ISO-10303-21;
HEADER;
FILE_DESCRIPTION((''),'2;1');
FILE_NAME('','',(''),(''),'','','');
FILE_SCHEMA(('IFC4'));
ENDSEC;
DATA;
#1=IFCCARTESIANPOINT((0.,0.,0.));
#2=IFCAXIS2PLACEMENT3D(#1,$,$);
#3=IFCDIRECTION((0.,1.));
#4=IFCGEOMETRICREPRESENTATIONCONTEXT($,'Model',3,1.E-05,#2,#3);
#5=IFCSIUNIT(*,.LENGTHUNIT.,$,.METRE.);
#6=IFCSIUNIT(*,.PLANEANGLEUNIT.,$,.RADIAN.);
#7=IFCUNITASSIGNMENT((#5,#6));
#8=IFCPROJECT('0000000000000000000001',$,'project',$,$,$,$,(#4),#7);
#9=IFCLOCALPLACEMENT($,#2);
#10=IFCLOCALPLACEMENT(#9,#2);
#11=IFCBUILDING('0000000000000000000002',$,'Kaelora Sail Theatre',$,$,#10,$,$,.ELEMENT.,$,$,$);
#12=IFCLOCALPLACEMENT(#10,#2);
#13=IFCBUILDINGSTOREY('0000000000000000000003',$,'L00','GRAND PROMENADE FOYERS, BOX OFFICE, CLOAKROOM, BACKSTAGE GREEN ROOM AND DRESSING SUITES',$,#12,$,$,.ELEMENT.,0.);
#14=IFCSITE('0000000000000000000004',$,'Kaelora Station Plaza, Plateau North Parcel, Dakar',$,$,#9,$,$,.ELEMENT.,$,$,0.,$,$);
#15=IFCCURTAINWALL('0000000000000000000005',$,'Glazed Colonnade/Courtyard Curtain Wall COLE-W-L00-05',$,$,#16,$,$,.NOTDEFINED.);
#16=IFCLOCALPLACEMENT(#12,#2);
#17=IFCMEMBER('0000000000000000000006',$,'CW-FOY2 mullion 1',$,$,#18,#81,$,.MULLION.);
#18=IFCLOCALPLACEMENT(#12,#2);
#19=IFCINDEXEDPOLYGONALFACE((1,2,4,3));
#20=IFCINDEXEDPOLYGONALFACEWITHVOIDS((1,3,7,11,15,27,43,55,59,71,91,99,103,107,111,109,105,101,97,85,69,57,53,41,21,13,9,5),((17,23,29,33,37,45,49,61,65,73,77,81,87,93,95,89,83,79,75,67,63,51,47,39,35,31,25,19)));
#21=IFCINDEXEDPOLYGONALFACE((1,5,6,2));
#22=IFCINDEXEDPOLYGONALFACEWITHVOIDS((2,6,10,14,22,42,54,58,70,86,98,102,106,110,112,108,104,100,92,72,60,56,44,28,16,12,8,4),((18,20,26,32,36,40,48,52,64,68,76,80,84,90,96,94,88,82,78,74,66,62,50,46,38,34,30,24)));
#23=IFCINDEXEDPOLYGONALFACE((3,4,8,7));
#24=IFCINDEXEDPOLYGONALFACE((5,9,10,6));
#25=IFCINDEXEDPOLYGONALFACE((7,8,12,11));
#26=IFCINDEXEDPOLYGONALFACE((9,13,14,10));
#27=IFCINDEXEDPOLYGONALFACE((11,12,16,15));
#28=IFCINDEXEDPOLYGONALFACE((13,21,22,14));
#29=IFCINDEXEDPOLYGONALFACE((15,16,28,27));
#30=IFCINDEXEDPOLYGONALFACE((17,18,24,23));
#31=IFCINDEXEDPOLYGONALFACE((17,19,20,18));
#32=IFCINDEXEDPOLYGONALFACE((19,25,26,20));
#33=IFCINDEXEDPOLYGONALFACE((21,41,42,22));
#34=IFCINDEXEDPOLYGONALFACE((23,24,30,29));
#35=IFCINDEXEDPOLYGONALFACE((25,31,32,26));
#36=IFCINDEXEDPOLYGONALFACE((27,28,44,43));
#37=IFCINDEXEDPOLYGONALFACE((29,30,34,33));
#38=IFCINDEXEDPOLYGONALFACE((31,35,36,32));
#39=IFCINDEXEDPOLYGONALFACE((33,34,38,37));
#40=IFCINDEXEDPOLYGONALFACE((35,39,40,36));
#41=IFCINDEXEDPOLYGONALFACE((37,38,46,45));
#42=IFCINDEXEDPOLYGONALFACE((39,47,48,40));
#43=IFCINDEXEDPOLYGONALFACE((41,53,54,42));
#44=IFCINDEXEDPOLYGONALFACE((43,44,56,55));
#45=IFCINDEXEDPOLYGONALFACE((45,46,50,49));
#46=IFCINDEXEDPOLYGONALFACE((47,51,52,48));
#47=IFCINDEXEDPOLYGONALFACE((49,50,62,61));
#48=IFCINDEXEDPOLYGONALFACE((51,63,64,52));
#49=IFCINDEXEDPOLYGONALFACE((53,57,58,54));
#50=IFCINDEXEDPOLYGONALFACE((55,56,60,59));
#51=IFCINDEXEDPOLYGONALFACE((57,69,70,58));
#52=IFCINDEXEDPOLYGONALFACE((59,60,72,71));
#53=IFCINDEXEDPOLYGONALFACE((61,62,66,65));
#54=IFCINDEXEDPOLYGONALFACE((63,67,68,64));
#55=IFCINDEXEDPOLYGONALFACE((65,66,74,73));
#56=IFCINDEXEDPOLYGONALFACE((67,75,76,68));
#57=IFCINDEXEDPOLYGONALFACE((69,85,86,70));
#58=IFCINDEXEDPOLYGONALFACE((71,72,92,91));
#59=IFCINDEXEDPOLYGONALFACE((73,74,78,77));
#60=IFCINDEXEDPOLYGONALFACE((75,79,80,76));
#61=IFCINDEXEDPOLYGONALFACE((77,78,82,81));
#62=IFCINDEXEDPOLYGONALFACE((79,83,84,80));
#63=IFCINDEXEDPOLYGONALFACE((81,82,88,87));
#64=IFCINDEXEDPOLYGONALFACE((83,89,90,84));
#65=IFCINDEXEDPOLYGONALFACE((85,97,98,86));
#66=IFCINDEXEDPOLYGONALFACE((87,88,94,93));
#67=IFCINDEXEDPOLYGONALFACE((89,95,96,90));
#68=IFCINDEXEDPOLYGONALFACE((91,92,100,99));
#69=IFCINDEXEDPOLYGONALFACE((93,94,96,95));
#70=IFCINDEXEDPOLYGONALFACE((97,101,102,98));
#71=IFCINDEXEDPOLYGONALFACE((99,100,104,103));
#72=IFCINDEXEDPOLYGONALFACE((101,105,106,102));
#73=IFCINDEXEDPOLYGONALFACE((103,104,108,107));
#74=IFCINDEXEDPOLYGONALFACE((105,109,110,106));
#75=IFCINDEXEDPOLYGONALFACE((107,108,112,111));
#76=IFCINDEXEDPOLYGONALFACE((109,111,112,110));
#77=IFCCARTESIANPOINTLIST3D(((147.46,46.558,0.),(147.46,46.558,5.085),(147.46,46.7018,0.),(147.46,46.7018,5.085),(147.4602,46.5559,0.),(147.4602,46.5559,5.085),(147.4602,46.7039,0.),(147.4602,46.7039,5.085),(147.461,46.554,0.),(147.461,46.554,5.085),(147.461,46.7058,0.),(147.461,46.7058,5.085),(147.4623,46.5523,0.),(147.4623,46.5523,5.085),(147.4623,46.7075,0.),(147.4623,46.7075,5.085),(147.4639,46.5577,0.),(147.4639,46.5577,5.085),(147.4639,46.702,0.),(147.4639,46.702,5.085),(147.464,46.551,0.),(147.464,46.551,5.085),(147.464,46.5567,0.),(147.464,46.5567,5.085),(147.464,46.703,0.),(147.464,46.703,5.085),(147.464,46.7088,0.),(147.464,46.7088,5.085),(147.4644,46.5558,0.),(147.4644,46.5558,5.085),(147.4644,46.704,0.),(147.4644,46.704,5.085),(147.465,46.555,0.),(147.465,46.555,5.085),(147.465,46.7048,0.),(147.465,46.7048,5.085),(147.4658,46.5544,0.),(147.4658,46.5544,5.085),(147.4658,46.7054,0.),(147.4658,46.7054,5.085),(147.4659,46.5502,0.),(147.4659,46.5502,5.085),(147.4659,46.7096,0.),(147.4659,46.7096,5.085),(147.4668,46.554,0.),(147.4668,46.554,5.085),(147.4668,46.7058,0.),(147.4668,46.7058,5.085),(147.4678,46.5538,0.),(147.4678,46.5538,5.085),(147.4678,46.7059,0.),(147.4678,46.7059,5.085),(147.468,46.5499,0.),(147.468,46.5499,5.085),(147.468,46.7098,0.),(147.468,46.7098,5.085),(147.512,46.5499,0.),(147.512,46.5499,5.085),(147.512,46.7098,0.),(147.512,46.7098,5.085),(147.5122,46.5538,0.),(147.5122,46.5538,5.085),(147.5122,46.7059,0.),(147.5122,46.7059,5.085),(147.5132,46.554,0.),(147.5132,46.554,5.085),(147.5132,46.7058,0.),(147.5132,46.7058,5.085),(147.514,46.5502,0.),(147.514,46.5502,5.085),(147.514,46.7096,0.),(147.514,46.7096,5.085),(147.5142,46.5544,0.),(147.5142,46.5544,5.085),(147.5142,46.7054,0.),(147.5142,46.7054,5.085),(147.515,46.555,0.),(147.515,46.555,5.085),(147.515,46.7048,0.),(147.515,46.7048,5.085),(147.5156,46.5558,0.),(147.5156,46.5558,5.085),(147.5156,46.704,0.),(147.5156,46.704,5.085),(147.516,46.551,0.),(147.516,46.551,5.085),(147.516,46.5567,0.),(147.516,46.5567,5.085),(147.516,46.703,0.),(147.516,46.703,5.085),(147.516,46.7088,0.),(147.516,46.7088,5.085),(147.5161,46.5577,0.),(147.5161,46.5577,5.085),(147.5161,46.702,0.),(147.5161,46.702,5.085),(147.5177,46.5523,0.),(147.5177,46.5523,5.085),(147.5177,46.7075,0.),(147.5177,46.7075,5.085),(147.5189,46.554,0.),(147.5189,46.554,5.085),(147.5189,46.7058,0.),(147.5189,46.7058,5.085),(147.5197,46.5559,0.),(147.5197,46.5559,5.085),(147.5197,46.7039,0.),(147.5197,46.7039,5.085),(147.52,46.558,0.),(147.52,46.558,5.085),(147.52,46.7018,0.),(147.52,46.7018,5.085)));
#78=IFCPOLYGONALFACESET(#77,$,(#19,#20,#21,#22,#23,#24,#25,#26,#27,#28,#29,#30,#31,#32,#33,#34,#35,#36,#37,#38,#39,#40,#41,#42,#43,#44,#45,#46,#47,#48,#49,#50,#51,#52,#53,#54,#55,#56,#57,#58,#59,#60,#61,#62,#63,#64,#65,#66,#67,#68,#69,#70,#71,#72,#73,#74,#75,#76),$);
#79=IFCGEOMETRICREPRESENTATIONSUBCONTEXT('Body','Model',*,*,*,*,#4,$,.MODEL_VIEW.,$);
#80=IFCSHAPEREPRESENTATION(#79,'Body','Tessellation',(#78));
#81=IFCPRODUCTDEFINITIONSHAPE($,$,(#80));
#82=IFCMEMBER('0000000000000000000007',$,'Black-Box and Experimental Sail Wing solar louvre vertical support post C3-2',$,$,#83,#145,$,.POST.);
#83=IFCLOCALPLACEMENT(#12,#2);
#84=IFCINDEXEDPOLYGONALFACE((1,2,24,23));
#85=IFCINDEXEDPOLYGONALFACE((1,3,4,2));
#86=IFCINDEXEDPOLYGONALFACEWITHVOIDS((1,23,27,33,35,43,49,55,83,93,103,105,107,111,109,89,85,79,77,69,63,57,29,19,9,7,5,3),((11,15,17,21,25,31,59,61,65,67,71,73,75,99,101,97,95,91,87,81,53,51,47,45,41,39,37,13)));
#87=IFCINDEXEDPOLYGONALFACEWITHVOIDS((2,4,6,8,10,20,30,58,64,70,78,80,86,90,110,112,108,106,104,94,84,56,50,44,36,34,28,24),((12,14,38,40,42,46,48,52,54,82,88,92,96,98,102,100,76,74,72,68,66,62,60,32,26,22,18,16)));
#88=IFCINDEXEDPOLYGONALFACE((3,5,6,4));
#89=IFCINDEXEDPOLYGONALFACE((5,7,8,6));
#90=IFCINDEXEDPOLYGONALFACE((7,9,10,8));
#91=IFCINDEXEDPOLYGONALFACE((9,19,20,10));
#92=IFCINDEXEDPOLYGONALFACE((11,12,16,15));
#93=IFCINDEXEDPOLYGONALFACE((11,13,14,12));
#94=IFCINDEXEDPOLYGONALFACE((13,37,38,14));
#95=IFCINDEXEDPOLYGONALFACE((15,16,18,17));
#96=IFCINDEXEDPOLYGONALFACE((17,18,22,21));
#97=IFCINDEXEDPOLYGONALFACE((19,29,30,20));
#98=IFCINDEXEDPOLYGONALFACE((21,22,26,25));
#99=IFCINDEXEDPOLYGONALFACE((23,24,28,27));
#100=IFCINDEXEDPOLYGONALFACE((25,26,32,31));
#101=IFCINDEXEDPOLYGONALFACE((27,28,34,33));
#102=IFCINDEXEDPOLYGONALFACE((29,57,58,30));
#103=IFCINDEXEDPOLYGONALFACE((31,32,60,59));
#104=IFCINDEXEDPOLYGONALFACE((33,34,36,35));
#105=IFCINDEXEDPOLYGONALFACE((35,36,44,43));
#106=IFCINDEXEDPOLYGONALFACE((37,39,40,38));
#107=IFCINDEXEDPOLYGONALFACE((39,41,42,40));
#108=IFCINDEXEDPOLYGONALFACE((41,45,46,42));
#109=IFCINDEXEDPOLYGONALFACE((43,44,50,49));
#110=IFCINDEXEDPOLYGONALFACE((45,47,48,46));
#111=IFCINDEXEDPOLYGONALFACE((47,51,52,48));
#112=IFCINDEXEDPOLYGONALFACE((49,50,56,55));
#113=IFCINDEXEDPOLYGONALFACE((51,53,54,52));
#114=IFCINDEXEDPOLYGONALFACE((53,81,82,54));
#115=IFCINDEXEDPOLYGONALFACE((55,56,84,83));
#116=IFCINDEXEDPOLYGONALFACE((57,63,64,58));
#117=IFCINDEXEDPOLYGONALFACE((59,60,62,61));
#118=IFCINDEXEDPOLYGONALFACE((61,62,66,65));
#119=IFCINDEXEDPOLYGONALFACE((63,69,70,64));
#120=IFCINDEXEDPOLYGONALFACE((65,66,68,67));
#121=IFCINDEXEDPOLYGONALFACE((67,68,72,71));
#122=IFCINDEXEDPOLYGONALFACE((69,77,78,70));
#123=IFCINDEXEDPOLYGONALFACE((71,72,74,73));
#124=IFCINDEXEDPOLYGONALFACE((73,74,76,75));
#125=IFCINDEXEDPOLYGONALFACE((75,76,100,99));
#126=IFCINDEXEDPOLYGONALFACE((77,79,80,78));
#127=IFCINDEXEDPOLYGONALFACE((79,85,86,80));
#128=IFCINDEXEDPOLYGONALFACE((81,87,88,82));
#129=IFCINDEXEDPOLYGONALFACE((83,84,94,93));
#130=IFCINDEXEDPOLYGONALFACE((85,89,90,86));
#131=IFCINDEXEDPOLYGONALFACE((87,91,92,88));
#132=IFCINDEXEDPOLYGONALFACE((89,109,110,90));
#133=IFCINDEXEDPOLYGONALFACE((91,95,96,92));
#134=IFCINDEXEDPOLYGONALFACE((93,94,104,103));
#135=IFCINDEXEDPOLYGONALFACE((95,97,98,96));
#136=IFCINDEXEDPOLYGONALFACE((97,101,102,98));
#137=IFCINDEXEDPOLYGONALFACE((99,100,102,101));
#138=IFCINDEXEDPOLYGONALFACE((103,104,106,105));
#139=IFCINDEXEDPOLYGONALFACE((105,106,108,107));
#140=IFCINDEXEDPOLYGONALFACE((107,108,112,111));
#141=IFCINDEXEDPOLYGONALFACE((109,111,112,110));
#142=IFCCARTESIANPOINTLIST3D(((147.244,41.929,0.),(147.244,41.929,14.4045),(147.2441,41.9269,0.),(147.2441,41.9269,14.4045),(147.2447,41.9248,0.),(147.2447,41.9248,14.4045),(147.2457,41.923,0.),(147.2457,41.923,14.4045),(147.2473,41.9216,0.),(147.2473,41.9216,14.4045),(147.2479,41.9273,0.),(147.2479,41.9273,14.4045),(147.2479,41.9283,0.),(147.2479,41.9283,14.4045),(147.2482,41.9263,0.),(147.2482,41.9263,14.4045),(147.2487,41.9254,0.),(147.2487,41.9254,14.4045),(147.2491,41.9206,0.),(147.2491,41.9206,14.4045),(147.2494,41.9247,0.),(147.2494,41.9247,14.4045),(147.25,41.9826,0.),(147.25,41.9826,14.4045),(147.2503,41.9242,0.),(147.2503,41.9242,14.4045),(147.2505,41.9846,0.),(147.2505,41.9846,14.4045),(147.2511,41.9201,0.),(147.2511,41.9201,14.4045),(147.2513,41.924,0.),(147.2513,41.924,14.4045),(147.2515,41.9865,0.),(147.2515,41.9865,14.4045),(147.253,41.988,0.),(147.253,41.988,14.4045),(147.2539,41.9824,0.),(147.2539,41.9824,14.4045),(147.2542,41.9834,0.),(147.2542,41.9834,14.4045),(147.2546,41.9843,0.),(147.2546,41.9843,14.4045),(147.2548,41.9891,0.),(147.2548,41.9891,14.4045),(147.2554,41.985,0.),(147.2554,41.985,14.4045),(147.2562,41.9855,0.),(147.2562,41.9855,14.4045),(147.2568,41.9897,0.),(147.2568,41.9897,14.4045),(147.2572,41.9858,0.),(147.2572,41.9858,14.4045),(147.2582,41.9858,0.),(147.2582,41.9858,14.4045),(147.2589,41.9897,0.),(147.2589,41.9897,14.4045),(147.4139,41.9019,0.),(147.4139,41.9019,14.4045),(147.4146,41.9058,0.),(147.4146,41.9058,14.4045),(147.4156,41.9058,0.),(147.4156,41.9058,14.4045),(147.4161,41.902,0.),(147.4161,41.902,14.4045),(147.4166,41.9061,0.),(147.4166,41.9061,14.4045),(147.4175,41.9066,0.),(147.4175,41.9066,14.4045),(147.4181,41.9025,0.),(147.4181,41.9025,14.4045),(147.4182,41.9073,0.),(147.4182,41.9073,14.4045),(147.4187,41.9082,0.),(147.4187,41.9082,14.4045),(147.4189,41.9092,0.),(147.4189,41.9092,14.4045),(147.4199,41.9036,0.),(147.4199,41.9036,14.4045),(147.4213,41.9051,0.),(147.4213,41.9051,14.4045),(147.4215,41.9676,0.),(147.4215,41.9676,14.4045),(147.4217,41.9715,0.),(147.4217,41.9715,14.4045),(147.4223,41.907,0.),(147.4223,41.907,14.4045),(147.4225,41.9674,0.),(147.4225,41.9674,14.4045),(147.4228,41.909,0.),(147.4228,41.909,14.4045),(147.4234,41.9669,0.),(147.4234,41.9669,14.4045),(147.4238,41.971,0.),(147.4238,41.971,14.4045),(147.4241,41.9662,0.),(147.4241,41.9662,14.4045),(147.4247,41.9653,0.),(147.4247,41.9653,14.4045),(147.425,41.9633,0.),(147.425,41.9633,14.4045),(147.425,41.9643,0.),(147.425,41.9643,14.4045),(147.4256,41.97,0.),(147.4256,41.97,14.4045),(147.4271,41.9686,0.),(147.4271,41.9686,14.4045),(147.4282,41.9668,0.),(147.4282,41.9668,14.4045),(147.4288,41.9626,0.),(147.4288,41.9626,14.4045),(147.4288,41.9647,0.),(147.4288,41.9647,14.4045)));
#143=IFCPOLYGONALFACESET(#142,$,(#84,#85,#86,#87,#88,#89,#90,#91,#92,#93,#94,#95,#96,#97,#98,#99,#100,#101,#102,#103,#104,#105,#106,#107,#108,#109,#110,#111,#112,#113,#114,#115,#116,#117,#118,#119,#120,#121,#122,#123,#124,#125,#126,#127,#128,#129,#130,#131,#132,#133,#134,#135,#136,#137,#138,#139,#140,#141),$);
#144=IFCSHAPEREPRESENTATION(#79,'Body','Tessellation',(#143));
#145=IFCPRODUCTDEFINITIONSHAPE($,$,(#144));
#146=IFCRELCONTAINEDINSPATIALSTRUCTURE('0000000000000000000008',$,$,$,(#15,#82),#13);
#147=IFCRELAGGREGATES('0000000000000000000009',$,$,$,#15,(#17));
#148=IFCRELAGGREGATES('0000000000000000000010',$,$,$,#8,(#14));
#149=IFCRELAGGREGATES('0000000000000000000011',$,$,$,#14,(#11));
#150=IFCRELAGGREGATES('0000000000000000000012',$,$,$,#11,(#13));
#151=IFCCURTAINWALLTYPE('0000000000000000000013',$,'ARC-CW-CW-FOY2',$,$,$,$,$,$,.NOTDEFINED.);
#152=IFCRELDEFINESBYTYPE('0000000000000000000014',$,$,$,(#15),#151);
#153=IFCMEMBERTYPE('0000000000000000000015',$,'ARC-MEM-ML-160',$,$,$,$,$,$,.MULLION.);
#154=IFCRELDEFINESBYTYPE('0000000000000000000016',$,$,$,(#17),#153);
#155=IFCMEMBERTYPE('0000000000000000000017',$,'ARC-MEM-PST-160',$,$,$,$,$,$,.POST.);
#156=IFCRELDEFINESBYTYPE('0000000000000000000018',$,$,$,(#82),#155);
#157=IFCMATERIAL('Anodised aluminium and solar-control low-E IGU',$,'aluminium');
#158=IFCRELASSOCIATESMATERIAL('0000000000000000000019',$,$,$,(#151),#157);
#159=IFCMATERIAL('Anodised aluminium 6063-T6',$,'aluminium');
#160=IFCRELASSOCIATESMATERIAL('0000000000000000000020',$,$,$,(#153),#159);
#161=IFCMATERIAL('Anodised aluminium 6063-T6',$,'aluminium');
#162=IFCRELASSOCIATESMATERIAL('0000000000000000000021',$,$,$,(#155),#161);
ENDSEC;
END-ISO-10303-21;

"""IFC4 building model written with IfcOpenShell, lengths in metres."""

from ifc_helpers import new_model, si_unit, direction, frame, origin, origin_2d, place, context, subcontext, project, spatial, hollow_rectangle, extrude, material, material_profile, profile_set, type_object, element, aggregate, save


model = new_model("IFC4")

# Units and contexts
model_context = context("Model", 3, precision=1e-05, world=origin(), true_north=direction((0.0, 1.0)))
body_context = subcontext(model_context, "Body", "Model", "MODEL_VIEW")
ifc_project = project(units=[si_unit("LENGTHUNIT", "METRE"), si_unit("PLANEANGLEUNIT", "RADIAN")], contexts=[model_context])

# Site, building, storey
site_placement = place(None, origin())
site = spatial("IfcSite", under=ifc_project, at=site_placement, Name="Kaelora Station Plaza, Plateau North Parcel, Dakar", CompositionType="ELEMENT", RefElevation=0.0)
building_placement = place(site_placement, origin())
building = spatial("IfcBuilding", under=site, at=building_placement, Name="Kaelora Sail Theatre", CompositionType="ELEMENT")
storey_placement = place(building_placement, origin())
storey = spatial("IfcBuildingStorey", under=building, at=storey_placement, Name="L00", Description="GRAND PROMENADE FOYERS, BOX OFFICE, CLOAKROOM, BACKSTAGE GREEN ROOM AND DRESSING SUITES", CompositionType="ELEMENT", Elevation=0.0)

# Shared definitions
ifc_material_1 = material(Name="Anodised aluminium and solar-control low-E IGU", Category="aluminium")
curtain_wall_type = type_object("IfcCurtainWallType", Name="ARC-CW-CW-FOY2", PredefinedType="NOTDEFINED", material=ifc_material_1)
ifc_material_2 = material(Name="Anodised aluminium 6063-T6", Category="aluminium")
ifc_material_profile_1 = material_profile(ifc_material_2, hollow_rectangle(XDim=0.0601, YDim=0.1599, WallThickness=0.0039, InnerFilletRadius=0.0039, OuterFilletRadius=0.0081, at=origin_2d()), Name="ALU-MULL 60x160x4")
ifc_profile_set_1 = profile_set([ifc_material_profile_1], Name="Anodised aluminium 6063-T6")
member_type_1 = type_object("IfcMemberType", Name="ARC-MEM-ML-160", PredefinedType="MULLION", material=ifc_profile_set_1)

# Curtain wall, member
curtain_wall_1_placement = place(storey_placement, origin())
curtain_wall_1 = element("IfcCurtainWall", 1, at=curtain_wall_1_placement, inside=storey, type_object=curtain_wall_type, Name="Glazed Colonnade/Courtyard Curtain Wall COLE-W-L00-05", PredefinedType="NOTDEFINED")
member_1_placement = place(storey_placement, frame((147.49, 46.6299, 0.0), z_axis=(0.0, 0.0, 1.0), x_axis=(-1.0, 0.0, 0.0)))
member_1 = element("IfcMember", 2, at=member_1_placement, type_object=member_type_1, Name="CW-FOY2 mullion 1", PredefinedType="MULLION", context=body_context, shape_type="SweptSolid", body=[
    extrude(hollow_rectangle(XDim=0.0601, YDim=0.1599, WallThickness=0.0039, InnerFilletRadius=0.0039, OuterFilletRadius=0.0081, at=origin_2d()), origin(), (0.0, 0.0, 1.0), 5.085),
])

# Member
ifc_material_3 = material(Name="Anodised aluminium 6063-T6", Category="aluminium")
ifc_material_profile_2 = material_profile(ifc_material_3, hollow_rectangle(XDim=0.0701, YDim=0.1799, WallThickness=0.0039, InnerFilletRadius=0.0039, OuterFilletRadius=0.0081, at=origin_2d()), Name="ALU-MULL 70x180x4")
ifc_profile_set_2 = profile_set([ifc_material_profile_2], Name="Anodised aluminium 6063-T6")
member_type_2 = type_object("IfcMemberType", Name="ARC-MEM-PST-160", PredefinedType="POST", material=ifc_profile_set_2)
member_2_placement = place(storey_placement, frame((147.3364, 41.9458, 0.0), z_axis=(0.0, 0.0, 1.0), x_axis=(-0.110775, -0.993845, 0.0)))
element("IfcMember", 3, at=member_2_placement, inside=storey, type_object=member_type_2, Name="Black-Box and Experimental Sail Wing solar louvre vertical support post C3-2", PredefinedType="POST", context=body_context, shape_type="SweptSolid", body=[
    extrude(hollow_rectangle(XDim=0.0701, YDim=0.1799, WallThickness=0.0039, InnerFilletRadius=0.0039, OuterFilletRadius=0.0081, at=origin_2d()), origin(), (0.0, 0.0, 1.0), 14.4045),
])
aggregate(curtain_wall_1, [member_1])

save(model, "model.ifc")
